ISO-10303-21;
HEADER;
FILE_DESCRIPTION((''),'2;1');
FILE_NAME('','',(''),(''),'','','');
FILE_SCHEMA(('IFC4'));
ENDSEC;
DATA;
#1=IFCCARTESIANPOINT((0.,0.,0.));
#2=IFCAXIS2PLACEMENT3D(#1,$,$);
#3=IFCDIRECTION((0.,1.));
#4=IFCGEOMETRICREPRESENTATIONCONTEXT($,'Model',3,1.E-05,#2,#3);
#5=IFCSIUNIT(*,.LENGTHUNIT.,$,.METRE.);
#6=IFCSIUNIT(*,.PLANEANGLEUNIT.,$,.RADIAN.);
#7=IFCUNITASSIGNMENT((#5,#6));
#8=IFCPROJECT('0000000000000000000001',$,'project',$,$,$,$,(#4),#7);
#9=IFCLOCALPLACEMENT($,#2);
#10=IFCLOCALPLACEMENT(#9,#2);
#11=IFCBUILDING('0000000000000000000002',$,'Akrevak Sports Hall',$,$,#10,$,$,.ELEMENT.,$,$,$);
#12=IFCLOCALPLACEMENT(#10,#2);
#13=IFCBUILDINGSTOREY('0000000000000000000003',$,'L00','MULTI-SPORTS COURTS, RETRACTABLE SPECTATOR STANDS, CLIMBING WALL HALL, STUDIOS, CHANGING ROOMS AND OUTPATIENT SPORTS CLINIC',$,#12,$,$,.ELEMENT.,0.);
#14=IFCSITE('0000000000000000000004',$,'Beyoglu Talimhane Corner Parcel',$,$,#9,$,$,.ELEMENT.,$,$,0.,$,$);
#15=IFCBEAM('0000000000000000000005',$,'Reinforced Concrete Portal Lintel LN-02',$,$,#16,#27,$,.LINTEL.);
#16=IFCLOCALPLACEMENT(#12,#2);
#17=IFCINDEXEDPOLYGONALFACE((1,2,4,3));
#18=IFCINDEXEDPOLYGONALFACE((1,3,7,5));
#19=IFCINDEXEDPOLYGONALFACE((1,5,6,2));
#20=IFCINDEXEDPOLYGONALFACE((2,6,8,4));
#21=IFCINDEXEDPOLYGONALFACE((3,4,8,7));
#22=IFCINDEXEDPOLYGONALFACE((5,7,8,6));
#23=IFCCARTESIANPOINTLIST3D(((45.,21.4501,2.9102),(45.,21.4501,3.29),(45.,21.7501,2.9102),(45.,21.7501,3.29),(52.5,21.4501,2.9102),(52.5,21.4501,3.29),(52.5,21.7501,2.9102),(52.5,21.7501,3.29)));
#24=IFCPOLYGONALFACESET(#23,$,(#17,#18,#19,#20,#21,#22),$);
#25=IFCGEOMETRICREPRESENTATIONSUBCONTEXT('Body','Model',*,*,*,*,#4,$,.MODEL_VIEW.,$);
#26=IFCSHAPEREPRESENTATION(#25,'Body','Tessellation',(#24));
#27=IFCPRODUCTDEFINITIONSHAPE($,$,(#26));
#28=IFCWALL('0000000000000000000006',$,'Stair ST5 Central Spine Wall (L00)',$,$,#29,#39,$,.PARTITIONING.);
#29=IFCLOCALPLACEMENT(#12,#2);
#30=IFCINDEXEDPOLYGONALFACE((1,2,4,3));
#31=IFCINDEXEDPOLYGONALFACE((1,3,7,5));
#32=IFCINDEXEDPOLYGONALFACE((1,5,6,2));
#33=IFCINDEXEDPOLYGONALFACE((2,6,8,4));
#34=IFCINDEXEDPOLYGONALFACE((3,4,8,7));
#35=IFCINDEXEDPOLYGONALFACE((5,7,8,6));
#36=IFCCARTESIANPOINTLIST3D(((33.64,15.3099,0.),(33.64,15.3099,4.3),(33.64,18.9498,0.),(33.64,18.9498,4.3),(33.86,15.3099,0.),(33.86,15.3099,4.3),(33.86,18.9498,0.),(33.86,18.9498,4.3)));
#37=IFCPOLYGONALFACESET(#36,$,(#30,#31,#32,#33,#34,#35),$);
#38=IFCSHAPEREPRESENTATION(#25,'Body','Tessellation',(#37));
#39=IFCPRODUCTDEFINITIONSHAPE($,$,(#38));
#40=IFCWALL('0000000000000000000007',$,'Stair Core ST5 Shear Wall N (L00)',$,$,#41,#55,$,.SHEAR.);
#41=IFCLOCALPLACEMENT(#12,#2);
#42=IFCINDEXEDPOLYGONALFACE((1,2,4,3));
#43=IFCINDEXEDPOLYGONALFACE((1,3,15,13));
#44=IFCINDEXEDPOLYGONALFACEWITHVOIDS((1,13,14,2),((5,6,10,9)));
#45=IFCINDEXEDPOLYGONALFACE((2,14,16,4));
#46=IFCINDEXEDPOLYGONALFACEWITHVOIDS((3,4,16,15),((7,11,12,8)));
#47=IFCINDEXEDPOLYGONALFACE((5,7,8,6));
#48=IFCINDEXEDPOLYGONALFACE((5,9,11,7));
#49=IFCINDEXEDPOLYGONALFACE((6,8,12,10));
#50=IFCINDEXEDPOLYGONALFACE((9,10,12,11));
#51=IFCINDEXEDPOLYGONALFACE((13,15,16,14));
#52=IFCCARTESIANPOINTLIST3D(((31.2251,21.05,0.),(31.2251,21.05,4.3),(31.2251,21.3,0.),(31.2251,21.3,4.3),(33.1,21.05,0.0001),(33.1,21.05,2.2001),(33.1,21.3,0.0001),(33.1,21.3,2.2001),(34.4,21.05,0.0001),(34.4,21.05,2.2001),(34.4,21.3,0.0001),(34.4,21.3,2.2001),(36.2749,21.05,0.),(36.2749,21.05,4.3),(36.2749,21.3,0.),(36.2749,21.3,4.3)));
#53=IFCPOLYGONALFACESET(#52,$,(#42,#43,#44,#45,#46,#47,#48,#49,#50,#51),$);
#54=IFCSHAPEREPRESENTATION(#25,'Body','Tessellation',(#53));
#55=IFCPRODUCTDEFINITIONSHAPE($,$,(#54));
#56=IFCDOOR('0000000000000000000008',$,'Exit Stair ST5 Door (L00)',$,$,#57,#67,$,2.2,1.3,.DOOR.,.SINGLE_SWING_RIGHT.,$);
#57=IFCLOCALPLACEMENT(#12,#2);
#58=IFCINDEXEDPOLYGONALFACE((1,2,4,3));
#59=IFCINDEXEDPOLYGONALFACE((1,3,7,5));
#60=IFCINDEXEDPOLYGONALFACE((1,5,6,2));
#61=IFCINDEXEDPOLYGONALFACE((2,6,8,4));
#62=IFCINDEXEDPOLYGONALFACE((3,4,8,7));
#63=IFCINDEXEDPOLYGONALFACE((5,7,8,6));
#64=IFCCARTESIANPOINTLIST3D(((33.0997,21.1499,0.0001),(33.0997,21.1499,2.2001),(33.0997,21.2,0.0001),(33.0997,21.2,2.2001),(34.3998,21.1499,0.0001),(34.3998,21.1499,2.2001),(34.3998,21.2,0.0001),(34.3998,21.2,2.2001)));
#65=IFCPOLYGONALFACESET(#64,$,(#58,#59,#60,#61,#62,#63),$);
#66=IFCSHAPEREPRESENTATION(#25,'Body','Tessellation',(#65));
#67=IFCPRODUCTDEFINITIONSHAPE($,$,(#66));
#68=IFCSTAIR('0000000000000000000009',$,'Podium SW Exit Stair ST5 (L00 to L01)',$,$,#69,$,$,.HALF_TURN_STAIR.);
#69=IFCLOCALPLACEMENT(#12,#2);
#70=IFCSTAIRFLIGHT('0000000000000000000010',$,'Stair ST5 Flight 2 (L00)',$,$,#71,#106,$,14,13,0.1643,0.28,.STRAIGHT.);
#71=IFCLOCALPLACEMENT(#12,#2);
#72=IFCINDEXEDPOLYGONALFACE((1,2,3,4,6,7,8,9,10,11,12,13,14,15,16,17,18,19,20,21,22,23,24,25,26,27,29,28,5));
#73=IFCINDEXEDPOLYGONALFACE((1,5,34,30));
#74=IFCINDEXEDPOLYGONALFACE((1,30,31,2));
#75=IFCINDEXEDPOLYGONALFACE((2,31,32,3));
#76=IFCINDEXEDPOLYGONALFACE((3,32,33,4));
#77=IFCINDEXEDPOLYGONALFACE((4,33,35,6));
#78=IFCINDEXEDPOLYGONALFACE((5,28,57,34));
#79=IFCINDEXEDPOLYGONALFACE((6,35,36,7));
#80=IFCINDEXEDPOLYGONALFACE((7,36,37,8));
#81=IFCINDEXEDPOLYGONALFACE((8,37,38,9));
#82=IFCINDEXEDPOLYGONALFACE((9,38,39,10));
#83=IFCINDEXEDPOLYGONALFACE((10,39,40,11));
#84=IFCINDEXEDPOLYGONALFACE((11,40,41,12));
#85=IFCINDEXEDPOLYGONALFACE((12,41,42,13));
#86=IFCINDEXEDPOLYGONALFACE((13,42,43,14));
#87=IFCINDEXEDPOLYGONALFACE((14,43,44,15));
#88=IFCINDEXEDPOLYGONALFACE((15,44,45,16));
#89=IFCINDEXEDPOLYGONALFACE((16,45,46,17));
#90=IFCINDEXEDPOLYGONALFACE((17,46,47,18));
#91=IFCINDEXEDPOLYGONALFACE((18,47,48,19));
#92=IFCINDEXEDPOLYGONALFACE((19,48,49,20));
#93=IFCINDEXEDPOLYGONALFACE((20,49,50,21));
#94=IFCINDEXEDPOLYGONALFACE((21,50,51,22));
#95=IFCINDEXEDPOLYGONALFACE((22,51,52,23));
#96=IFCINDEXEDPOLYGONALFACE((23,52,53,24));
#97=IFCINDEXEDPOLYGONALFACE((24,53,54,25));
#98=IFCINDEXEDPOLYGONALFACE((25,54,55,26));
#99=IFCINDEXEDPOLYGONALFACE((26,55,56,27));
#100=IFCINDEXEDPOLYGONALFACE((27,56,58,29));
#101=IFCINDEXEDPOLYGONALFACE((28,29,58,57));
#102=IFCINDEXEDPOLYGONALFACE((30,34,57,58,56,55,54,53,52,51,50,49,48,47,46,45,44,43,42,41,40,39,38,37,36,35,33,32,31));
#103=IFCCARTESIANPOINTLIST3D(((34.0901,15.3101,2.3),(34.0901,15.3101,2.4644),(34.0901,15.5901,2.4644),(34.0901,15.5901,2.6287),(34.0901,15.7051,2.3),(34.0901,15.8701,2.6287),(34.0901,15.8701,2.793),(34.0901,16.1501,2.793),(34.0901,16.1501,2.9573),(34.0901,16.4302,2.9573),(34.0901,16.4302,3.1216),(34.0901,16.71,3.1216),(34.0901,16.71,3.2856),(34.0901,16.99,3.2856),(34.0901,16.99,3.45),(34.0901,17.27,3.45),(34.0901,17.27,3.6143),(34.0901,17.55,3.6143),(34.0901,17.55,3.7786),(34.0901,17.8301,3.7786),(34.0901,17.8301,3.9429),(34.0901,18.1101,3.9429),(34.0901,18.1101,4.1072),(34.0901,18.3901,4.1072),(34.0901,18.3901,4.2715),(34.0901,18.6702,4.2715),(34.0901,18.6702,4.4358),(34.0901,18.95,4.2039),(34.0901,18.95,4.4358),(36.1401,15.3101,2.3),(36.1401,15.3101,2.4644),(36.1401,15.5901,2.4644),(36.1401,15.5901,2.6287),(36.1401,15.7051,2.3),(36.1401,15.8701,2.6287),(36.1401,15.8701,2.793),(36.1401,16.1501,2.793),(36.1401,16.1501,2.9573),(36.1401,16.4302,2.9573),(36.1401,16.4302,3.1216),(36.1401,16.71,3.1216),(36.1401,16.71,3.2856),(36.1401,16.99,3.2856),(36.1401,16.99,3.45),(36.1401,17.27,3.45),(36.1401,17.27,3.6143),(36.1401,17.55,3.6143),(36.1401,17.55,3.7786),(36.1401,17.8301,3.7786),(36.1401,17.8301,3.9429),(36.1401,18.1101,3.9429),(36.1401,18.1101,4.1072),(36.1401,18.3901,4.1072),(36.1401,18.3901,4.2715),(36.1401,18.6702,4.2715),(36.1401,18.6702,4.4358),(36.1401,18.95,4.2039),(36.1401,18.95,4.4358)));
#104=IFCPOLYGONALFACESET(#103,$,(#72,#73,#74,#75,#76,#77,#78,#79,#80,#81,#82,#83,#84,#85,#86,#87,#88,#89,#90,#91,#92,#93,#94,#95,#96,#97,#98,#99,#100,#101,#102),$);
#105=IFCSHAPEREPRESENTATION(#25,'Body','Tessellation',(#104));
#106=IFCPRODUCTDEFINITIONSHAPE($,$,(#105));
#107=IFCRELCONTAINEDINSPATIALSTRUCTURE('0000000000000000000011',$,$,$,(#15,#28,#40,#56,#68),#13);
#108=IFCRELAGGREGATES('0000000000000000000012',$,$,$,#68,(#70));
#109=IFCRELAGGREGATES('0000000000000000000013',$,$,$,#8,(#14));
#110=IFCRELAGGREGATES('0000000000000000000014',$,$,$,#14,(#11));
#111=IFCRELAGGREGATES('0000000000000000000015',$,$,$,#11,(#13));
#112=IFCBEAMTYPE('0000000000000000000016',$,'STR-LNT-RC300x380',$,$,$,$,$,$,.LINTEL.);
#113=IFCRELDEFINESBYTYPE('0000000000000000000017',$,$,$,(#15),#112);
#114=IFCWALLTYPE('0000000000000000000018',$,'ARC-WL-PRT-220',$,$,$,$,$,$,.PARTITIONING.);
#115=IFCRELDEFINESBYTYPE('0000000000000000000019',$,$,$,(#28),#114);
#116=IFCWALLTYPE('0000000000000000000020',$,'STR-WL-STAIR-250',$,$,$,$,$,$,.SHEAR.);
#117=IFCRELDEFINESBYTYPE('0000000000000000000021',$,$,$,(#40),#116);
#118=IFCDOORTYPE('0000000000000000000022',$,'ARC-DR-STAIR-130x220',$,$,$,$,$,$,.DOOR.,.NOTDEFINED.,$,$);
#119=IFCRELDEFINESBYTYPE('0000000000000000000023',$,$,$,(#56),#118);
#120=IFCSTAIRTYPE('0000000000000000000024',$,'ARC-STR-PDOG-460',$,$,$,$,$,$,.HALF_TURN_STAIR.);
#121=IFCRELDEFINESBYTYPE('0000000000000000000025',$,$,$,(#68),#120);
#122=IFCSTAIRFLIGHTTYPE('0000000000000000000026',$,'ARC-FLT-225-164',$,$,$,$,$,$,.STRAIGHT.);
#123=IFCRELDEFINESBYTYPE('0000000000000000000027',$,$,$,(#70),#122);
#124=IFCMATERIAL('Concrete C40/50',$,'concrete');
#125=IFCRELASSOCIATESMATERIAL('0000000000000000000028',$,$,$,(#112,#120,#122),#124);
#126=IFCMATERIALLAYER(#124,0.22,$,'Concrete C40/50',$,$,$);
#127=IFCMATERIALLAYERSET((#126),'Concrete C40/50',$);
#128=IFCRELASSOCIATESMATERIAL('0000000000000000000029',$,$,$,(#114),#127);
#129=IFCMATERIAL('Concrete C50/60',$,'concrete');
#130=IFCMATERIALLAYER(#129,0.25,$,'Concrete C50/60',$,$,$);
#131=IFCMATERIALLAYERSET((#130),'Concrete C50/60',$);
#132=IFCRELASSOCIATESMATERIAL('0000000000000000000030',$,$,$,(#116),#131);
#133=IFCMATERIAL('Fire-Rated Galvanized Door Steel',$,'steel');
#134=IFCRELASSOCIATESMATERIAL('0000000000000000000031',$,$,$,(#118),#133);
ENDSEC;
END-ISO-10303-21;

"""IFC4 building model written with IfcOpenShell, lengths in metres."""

from ifc_helpers import new_model, si_unit, direction, frame, frame_2d, origin, origin_2d, place, context, subcontext, project, spatial, polyline, rectangle, outline, extrude, material, layer, layer_set, material_profile, profile_set, type_object, element, fill, aggregate, save


model = new_model("IFC4")

# Units and contexts
model_context = context("Model", 3, precision=1e-05, world=origin(), true_north=direction((0.0, 1.0)))
body_context = subcontext(model_context, "Body", "Model", "MODEL_VIEW")
ifc_project = project(units=[si_unit("LENGTHUNIT", "METRE"), si_unit("PLANEANGLEUNIT", "RADIAN")], contexts=[model_context])

# Site, building, storey
site_placement = place(None, origin())
site = spatial("IfcSite", under=ifc_project, at=site_placement, Name="Beyoglu Talimhane Corner Parcel", CompositionType="ELEMENT", RefElevation=0.0)
building_placement = place(site_placement, origin())
building = spatial("IfcBuilding", under=site, at=building_placement, Name="Akrevak Sports Hall", CompositionType="ELEMENT")
storey_placement = place(building_placement, origin())
storey = spatial("IfcBuildingStorey", under=building, at=storey_placement, Name="L00", Description="MULTI-SPORTS COURTS, RETRACTABLE SPECTATOR STANDS, CLIMBING WALL HALL, STUDIOS, CHANGING ROOMS AND OUTPATIENT SPORTS CLINIC", CompositionType="ELEMENT", Elevation=0.0)

# Shared definitions
ifc_material_1 = material(Name="Concrete C50/60", Category="concrete")
ifc_material_2 = material(Name="Concrete C40/50", Category="concrete")

# Beam
ifc_material_profile_1 = material_profile(ifc_material_2, rectangle(XDim=0.3, YDim=0.3799, at=origin_2d()), Name="LNT 300x380", Category="concrete")
ifc_profile_set_1 = profile_set([ifc_material_profile_1], Name="Concrete C40/50")
beam_type_1 = type_object("IfcBeamType", Name="STR-LNT-RC300x380", PredefinedType="LINTEL", material=ifc_profile_set_1)
for number, where, z_axis, x_axis, name in (
    (1, (45.0, 21.6001, 3.1001), (1.0, 0.0, 0.0), (0.0, 1.0, 0.0), "Reinforced Concrete Portal Lintel LN-02"),
):
    element("IfcBeam", number, at=place(storey_placement, frame(where, z_axis=z_axis, x_axis=x_axis)), inside=storey, type_object=beam_type_1, Name=name, PredefinedType="LINTEL", context=body_context, shape_type="SweptSolid", body=[
        extrude(rectangle(XDim=0.3, YDim=0.3799, at=origin_2d()), origin(), (0.0, 0.0, 1.0), 7.5),
    ])

# Wall
ifc_layer_1 = layer(ifc_material_2, 0.22, Name="Concrete C40/50")
ifc_layer_set_1 = layer_set([ifc_layer_1], Name="Concrete C40/50")
wall_type_1 = type_object("IfcWallType", Name="ARC-WL-PRT-220", PredefinedType="PARTITIONING", material=ifc_layer_set_1)
wall_1_placement = place(storey_placement, frame((33.75, 15.3101, 0.0), z_axis=(0.0, 0.0, 1.0), x_axis=(0.0, 1.0, 0.0)))
element("IfcWall", 2, at=wall_1_placement, inside=storey, type_object=wall_type_1, Name="Stair ST5 Central Spine Wall (L00)", PredefinedType="PARTITIONING", context=body_context, shape_type="SweptSolid", body=[
    extrude(rectangle(XDim=3.6399, YDim=0.22, at=frame_2d((1.8198, 0.0))), origin(), (0.0, 0.0, 1.0), 4.3),
])

# Wall, opening, door
ifc_layer_2 = layer(ifc_material_1, 0.25, Name="Concrete C50/60")
ifc_layer_set_2 = layer_set([ifc_layer_2], Name="Concrete C50/60")
wall_type_2 = type_object("IfcWallType", Name="STR-WL-STAIR-250", PredefinedType="SHEAR", material=ifc_layer_set_2)
wall_2_placement = place(storey_placement, frame((36.2749, 21.175, 0.0), z_axis=(0.0, 0.0, 1.0), x_axis=(-1.0, 0.0, 0.0)))
wall_2 = element("IfcWall", 3, at=wall_2_placement, inside=storey, type_object=wall_type_2, Name="Stair Core ST5 Shear Wall N (L00)", PredefinedType="SHEAR", context=body_context, shape_type="SweptSolid", body=[
    extrude(rectangle(XDim=5.0498, YDim=0.25, at=frame_2d((2.5249, 0.0))), origin(), (0.0, 0.0, 1.0), 4.3),
])
opening_placement = place(wall_2_placement, frame((1.875, 0.0, 0.0)))
opening = element("IfcOpeningElement", 4, at=opening_placement, cuts=wall_2, PredefinedType="OPENING", context=body_context, shape_type="SweptSolid", body=[
    extrude(rectangle(XDim=1.3, YDim=2.2, at=frame_2d((0.6499, 1.1001))), frame((0.0, 0.137, 0.0), z_axis=(0.0, -1.0, 0.0), x_axis=(1.0, 0.0, 0.0)), (0.0, 0.0, 1.0), 0.2739),
])
ifc_material_3 = material(Name="Fire-Rated Galvanized Door Steel", Category="steel")
door_type = type_object("IfcDoorType", Name="ARC-DR-STAIR-130x220", OperationType="NOTDEFINED", PredefinedType="DOOR", material=ifc_material_3)
door_placement = place(opening_placement, frame((1.3, 0.0, 0.0), z_axis=(0.0, 0.0, 1.0), x_axis=(-1.0, 0.0, 0.0)))
door = element("IfcDoor", 5, at=door_placement, inside=storey, type_object=door_type, Name="Exit Stair ST5 Door (L00)", OperationType="SINGLE_SWING_RIGHT", OverallHeight=2.2, OverallWidth=1.3, PredefinedType="DOOR", context=body_context, shape_type="SweptSolid", body=[
    extrude(rectangle(XDim=1.3, YDim=2.2, at=frame_2d((0.6499, 1.1001))), frame((0.0, 0.0249, 0.0), z_axis=(0.0, -1.0, 0.0), x_axis=(1.0, 0.0, 0.0)), (0.0, 0.0, 1.0), 0.05),
])
fill(opening, door)

# Stair, stair flight
stair_type = type_object("IfcStairType", Name="ARC-STR-PDOG-460", PredefinedType="HALF_TURN_STAIR", material=ifc_material_2)
stair_placement = place(storey_placement, origin())
stair = element("IfcStair", 6, at=stair_placement, inside=storey, type_object=stair_type, Name="Podium SW Exit Stair ST5 (L00 to L01)", PredefinedType="HALF_TURN_STAIR")
stair_flight_type = type_object("IfcStairFlightType", Name="ARC-FLT-225-164", PredefinedType="STRAIGHT", material=ifc_material_2)
stair_flight_placement = place(storey_placement, frame((35.115, 15.3101, 2.3), z_axis=(0.0, 0.0, 1.0), x_axis=(0.0, 1.0, 0.0)))
stair_flight = element("IfcStairFlight", 7, at=stair_flight_placement, type_object=stair_flight_type, Name="Stair ST5 Flight 2 (L00)", NumberOfRisers=14, NumberOfTreads=13, PredefinedType="STRAIGHT", RiserHeight=0.1643, TreadLength=0.28, context=body_context, shape_type="SweptSolid", body=[
    extrude(outline(polyline([(0.0, 0.0), (0.0, 0.1643), (0.28, 0.1643), (0.28, 0.3286), (0.5601, 0.3286), (0.5601, 0.4929), (0.8401, 0.4929), (0.8401, 0.6572), (1.1201, 0.6572), (1.1201, 0.8215), (1.3999, 0.8215), (1.3999, 0.9856), (1.6799, 0.9856), (1.6799, 1.1499), (1.96, 1.1499), (1.96, 1.3142), (2.24, 1.3142), (2.24, 1.4785), (2.52, 1.4785), (2.52, 1.6428), (2.8, 1.6428), (2.8, 1.8071), (3.0801, 1.8071), (3.0801, 1.9714), (3.3601, 1.9714), (3.3601, 2.1357), (3.6399, 2.1357), (3.6399, 2.3), (3.6399, 1.9038), (0.395, 0.0), (0.0, 0.0)])), frame((0.0, 1.0249, 0.0), z_axis=(0.0, -1.0, 0.0), x_axis=(1.0, 0.0, 0.0)), (0.0, 0.0, 1.0), 2.05),
])
aggregate(stair, [stair_flight])

save(model, "model.ifc")
